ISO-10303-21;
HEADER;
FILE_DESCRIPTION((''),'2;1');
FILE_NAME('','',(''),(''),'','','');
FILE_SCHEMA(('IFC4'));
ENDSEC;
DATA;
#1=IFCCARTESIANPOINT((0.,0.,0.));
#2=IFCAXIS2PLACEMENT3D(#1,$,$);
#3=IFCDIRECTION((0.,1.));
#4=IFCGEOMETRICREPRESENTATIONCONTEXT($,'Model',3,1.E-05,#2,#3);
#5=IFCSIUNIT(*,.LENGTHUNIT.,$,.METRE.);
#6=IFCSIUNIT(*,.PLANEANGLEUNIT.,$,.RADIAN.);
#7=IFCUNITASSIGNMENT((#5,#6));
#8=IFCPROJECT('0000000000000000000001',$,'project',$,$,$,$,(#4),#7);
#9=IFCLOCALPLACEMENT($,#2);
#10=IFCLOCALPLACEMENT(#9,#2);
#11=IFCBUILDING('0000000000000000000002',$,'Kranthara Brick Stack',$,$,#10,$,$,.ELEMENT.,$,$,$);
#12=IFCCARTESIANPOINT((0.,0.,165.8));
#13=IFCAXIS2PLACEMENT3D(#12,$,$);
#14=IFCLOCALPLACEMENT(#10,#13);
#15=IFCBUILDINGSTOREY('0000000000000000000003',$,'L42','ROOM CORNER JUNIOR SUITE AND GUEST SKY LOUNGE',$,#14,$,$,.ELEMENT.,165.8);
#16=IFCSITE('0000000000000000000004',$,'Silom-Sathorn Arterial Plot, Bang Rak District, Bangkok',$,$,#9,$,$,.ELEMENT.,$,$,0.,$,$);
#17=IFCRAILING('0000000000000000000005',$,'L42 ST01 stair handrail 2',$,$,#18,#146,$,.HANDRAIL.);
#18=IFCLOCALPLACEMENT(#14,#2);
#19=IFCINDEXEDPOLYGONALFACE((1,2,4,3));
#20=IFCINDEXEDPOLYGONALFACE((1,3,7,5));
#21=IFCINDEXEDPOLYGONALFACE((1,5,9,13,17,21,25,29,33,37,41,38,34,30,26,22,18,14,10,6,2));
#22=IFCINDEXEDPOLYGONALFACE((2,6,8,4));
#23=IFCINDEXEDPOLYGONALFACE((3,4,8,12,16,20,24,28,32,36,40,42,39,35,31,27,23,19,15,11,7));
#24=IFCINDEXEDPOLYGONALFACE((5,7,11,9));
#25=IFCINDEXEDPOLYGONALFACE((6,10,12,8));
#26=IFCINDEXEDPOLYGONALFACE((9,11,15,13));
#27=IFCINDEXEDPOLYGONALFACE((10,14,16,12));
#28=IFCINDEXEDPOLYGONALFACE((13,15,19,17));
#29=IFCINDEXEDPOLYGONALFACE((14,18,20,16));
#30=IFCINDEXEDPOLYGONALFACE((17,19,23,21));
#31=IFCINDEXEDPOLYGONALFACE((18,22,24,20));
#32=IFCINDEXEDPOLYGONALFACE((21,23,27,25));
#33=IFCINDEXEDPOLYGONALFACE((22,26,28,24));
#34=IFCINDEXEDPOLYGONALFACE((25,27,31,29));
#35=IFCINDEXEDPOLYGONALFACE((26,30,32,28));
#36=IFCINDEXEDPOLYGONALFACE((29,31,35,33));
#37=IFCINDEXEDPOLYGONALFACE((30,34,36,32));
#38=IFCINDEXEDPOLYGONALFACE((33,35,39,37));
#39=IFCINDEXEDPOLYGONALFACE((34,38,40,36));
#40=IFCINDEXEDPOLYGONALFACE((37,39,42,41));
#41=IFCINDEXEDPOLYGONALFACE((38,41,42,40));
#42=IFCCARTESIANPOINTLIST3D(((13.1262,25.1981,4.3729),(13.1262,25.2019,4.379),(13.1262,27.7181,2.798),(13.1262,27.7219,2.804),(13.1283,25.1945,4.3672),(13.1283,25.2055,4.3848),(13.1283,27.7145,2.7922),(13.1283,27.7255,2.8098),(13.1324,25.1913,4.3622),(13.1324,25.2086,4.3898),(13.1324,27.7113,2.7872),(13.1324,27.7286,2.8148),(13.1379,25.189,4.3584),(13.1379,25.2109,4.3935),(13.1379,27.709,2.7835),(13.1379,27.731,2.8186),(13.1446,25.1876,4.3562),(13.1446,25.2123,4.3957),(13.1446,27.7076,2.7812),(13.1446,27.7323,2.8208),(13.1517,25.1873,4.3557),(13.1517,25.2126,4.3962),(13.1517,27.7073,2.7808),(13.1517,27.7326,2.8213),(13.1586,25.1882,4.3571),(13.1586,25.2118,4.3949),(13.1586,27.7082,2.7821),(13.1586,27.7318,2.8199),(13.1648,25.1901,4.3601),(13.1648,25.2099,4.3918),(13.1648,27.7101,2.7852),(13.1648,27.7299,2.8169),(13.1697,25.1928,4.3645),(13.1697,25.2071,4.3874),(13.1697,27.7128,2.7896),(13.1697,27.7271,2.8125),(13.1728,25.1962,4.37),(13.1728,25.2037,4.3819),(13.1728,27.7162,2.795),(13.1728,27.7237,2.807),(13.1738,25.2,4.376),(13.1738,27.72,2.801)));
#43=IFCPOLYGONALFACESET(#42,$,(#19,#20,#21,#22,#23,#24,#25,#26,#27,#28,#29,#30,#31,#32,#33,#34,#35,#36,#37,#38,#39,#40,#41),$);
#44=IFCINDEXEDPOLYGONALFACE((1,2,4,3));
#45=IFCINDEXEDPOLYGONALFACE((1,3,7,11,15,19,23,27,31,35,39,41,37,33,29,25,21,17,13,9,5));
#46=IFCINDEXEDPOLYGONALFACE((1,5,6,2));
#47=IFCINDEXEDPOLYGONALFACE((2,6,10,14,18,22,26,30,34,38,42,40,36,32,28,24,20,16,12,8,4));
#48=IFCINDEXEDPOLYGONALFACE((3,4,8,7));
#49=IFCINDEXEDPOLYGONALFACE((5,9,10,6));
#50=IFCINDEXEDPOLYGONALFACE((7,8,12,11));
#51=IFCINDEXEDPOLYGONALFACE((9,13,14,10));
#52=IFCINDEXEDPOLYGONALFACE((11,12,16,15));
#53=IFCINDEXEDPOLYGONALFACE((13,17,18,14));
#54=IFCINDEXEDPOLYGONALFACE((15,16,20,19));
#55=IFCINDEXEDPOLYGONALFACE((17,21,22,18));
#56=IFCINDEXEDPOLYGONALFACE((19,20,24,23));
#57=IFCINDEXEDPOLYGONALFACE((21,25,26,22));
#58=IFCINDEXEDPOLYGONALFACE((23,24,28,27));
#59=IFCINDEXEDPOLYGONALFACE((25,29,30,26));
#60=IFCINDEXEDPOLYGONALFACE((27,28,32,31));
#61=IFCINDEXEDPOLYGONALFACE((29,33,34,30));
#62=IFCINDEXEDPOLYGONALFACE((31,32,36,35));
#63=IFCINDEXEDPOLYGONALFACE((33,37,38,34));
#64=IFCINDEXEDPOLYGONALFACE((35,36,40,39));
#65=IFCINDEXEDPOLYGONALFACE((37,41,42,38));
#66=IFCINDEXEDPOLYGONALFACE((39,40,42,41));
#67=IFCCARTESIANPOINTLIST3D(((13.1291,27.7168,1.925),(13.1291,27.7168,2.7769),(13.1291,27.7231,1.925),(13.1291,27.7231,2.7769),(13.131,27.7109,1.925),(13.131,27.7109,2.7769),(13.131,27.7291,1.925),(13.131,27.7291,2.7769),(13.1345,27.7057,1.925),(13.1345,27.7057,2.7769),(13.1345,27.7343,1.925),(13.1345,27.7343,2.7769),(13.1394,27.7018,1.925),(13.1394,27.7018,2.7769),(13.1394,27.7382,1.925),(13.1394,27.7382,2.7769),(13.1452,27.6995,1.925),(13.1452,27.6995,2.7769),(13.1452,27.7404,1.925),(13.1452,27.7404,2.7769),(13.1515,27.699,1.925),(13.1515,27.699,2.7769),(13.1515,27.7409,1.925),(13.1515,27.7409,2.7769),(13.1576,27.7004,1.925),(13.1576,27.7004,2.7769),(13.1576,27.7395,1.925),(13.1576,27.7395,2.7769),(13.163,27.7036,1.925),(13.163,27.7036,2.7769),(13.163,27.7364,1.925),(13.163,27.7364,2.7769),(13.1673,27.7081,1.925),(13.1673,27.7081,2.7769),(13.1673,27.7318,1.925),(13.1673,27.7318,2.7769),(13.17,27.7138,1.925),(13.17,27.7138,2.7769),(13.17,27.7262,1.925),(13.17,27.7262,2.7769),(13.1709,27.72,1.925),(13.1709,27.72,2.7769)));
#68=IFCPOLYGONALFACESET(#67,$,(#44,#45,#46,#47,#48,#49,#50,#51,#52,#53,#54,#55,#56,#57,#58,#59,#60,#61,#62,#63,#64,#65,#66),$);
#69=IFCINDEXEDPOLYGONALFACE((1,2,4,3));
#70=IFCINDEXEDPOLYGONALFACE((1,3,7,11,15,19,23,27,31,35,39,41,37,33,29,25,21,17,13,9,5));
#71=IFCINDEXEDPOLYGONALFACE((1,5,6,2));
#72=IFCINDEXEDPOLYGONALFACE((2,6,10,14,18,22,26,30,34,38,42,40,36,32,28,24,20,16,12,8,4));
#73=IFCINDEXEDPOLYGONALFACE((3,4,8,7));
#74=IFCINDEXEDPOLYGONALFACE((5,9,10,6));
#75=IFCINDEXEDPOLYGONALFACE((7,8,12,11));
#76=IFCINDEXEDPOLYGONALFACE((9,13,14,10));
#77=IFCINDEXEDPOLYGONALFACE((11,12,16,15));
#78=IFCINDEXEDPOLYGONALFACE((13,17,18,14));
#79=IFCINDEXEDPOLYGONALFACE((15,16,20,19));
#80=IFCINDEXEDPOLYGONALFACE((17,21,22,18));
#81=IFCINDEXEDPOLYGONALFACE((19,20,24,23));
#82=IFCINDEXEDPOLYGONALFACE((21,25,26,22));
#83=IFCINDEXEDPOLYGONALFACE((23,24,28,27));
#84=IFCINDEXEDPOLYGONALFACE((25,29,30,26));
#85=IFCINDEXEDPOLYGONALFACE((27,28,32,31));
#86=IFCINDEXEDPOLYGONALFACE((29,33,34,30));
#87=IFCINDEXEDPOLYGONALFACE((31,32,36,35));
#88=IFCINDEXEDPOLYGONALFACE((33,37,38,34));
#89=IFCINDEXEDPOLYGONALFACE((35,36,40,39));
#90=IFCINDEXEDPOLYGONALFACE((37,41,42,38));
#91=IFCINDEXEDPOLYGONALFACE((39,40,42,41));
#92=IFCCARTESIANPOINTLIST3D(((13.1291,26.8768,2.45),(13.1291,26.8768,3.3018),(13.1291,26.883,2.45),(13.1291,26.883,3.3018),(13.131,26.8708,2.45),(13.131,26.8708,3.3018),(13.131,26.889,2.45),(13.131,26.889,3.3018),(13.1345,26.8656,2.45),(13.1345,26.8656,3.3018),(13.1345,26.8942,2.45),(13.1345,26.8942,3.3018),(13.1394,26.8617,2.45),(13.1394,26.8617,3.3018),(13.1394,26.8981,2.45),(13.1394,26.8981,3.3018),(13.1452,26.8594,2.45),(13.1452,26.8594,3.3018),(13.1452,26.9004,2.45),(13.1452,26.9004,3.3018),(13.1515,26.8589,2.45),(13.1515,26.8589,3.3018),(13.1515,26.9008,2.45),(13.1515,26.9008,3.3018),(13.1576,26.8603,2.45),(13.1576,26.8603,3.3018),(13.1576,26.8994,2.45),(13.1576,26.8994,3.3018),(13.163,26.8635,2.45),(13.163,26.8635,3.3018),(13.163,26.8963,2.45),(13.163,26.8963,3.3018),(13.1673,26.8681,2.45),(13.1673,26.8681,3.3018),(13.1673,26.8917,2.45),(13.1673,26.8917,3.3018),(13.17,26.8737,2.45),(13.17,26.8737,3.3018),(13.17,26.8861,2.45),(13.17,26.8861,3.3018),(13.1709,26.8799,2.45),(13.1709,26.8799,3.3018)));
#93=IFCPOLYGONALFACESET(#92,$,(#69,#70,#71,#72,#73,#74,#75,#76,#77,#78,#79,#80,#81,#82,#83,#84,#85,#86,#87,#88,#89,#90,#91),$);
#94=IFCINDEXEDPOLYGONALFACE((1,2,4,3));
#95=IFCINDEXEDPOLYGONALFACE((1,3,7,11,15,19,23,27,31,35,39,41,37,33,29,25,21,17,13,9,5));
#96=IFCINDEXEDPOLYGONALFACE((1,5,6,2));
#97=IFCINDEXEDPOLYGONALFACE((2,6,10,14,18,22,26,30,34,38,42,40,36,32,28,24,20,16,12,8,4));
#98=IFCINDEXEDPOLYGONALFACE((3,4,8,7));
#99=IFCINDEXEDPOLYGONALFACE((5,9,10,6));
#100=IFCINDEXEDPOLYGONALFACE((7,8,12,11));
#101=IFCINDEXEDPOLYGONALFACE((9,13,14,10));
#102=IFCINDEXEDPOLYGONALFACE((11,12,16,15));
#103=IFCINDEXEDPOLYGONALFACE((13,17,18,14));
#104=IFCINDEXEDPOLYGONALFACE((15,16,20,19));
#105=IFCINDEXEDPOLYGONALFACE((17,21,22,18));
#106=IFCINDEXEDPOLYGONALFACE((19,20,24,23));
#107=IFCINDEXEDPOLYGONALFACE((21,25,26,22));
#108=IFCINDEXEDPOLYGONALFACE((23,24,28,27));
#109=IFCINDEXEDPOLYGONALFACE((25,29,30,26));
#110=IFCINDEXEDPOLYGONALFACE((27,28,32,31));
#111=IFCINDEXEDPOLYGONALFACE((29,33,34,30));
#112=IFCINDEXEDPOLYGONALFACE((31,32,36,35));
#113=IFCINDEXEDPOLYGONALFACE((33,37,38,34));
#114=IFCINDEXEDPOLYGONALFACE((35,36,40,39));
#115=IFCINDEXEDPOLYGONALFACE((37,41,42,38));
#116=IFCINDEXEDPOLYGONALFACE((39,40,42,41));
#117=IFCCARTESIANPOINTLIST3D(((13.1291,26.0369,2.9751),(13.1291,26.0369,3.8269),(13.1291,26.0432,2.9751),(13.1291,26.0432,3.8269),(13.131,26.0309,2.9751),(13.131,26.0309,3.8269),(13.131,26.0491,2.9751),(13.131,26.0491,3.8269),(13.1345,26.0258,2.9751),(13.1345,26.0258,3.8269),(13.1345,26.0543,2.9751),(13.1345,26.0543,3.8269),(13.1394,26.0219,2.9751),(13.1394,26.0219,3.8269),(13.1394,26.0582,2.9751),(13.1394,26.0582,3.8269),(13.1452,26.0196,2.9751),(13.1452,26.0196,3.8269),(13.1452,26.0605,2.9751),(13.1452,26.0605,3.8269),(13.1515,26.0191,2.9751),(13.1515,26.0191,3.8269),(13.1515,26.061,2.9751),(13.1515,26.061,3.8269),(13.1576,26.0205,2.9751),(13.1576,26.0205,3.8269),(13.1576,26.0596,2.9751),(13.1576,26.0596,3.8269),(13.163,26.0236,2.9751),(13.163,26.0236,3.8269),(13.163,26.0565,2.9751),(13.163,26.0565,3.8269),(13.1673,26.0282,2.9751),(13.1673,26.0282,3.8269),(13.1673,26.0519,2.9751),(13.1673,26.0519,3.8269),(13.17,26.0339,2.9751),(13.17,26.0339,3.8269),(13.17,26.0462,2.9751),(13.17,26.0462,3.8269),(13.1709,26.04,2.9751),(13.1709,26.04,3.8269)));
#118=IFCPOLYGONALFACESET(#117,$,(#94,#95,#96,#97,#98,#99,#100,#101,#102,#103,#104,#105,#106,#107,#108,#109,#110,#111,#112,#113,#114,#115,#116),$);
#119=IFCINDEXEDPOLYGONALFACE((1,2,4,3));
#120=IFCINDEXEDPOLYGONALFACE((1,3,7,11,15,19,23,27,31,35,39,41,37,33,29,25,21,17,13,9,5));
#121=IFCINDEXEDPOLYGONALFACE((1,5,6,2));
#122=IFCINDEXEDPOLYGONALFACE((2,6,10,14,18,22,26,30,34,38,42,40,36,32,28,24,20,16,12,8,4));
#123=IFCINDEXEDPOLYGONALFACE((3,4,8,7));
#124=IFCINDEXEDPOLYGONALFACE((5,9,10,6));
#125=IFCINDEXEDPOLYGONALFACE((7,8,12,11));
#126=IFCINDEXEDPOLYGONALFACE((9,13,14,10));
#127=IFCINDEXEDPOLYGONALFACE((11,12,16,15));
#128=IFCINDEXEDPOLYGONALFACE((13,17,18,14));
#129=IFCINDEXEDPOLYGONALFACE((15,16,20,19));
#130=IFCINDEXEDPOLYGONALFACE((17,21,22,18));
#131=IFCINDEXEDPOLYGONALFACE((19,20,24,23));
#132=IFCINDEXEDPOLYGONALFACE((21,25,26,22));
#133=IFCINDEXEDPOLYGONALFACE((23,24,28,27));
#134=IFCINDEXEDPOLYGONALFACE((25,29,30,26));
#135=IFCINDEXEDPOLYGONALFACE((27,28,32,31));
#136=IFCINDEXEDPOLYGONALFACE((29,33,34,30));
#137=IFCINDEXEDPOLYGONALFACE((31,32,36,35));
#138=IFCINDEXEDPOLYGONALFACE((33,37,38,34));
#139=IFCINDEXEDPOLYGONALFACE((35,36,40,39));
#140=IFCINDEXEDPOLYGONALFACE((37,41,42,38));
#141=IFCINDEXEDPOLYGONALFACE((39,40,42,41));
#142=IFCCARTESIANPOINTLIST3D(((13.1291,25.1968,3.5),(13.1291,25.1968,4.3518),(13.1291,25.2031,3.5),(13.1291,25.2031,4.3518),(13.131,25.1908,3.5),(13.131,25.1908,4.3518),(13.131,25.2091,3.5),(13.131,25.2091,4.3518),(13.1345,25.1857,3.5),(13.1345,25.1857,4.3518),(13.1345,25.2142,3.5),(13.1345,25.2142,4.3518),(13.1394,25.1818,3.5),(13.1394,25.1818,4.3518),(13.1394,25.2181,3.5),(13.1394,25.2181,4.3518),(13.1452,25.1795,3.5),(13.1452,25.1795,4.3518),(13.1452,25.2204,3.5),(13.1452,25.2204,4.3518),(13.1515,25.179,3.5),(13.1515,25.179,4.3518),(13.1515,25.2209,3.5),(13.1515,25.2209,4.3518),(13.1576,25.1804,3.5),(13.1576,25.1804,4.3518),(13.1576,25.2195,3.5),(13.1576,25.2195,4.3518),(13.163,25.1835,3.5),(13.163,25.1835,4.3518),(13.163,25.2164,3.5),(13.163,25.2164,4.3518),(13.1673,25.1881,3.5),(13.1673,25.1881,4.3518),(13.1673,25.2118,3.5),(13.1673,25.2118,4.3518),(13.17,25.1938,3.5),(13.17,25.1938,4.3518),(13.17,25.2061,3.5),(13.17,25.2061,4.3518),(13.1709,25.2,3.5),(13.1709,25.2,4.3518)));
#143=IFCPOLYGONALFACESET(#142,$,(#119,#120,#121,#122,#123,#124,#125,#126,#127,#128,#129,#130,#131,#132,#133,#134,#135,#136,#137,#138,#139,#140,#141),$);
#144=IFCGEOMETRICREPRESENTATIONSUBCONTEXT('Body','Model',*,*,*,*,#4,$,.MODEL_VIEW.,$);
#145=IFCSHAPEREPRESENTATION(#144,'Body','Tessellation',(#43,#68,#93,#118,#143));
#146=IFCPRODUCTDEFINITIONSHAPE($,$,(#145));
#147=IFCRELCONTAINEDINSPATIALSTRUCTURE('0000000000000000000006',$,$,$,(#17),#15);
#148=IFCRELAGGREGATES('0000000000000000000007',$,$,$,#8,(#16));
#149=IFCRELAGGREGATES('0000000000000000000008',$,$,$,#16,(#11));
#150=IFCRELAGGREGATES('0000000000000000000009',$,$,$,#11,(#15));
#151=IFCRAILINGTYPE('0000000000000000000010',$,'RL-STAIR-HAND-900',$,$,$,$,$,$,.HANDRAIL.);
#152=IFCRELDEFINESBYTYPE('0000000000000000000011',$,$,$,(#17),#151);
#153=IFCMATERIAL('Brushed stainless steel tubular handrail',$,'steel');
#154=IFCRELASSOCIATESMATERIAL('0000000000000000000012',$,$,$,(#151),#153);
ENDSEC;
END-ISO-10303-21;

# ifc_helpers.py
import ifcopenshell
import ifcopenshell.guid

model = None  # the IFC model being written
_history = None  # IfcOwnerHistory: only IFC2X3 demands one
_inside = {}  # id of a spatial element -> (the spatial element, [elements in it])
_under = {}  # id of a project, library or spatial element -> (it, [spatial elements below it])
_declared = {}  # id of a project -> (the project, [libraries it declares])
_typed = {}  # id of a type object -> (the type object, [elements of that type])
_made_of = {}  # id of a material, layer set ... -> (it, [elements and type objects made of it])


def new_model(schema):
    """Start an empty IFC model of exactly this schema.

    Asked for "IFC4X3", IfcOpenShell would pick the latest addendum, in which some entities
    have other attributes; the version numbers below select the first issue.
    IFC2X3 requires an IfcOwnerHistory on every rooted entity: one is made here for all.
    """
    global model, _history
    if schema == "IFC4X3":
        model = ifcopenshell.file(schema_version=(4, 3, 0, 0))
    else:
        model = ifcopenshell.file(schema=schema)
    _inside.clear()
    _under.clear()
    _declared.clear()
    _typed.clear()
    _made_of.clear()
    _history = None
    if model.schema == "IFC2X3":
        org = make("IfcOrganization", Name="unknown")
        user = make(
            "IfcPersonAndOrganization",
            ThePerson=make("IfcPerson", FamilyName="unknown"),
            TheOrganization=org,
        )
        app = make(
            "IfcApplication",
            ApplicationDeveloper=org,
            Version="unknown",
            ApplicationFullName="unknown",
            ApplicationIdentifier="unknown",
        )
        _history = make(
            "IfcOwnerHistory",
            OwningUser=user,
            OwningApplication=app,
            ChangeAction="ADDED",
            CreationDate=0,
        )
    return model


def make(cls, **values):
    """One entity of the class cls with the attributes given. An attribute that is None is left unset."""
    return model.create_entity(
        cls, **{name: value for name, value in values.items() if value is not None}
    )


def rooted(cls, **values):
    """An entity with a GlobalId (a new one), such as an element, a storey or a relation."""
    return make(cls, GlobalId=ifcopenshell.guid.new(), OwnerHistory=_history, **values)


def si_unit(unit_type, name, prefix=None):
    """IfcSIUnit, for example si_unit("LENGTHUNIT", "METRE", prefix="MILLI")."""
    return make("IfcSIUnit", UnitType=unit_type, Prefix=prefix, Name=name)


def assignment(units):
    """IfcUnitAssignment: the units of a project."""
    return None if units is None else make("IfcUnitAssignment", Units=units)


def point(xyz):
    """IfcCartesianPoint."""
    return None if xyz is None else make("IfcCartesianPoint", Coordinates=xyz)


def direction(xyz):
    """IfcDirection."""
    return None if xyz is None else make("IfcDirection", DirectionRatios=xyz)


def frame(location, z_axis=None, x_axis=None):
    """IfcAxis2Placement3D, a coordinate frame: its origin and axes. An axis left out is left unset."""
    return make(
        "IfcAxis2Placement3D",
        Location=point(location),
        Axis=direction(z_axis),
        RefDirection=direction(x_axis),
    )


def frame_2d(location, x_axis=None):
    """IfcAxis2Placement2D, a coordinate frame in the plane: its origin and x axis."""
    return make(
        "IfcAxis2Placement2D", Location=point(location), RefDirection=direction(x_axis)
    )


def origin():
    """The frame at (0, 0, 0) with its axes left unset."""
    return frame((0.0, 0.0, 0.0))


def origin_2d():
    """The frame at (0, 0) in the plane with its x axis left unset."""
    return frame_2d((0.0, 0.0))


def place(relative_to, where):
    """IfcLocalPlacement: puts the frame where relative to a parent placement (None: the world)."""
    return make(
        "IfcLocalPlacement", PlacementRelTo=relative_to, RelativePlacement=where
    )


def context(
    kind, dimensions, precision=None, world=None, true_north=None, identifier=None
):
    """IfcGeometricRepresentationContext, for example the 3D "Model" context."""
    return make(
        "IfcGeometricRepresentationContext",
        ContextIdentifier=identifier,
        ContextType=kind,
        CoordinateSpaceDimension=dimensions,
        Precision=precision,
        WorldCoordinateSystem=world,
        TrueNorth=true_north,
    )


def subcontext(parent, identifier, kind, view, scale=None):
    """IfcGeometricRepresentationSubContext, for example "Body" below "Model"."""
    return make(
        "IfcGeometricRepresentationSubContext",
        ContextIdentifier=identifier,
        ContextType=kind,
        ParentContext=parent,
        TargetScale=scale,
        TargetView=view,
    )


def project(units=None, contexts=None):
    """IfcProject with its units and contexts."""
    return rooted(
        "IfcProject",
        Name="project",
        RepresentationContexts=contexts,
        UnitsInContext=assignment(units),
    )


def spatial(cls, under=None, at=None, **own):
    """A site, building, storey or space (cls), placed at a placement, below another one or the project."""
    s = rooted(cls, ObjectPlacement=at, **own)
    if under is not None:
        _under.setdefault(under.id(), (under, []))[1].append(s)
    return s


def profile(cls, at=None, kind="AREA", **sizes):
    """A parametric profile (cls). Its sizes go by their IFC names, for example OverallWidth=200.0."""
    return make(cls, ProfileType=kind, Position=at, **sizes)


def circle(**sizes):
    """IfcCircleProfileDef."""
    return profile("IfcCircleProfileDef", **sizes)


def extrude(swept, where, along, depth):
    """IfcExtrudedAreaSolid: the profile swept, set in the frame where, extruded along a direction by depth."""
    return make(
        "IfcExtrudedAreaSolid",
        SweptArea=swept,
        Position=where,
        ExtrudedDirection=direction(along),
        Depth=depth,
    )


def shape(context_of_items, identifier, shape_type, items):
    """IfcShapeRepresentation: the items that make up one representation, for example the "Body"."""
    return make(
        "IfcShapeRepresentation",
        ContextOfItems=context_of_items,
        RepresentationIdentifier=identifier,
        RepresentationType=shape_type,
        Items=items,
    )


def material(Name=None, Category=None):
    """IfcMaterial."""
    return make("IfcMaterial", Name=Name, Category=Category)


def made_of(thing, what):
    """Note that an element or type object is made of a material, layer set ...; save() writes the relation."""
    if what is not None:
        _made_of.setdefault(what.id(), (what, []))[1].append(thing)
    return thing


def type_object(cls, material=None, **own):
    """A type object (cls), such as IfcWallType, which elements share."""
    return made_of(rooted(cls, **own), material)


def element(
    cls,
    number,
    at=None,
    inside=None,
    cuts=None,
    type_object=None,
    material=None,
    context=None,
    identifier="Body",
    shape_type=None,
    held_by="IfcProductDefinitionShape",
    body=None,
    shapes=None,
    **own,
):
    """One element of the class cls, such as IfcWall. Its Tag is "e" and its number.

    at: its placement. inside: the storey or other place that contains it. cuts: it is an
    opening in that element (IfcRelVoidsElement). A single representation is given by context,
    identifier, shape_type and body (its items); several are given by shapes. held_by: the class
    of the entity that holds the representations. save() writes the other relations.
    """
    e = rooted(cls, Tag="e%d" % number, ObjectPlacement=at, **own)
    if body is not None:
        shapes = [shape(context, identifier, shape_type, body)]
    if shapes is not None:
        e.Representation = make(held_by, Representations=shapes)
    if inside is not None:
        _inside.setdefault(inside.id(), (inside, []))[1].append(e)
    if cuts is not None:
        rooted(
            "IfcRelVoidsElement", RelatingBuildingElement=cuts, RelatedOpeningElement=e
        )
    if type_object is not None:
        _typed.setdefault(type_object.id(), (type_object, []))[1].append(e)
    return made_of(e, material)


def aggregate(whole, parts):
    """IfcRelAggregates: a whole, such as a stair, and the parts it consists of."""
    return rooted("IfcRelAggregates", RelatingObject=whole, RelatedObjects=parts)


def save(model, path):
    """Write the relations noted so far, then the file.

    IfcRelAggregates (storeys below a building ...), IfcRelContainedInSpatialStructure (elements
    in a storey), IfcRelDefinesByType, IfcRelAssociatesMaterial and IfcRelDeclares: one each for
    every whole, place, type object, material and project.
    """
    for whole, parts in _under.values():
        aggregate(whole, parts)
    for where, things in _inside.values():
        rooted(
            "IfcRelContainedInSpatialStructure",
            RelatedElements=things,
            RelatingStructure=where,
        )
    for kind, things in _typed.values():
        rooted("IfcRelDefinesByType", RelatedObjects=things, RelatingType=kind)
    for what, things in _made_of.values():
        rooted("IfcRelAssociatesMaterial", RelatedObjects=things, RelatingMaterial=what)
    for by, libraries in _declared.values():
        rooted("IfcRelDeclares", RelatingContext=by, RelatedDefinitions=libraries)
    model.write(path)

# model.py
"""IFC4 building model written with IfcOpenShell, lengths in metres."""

from ifc_helpers import new_model, si_unit, direction, frame, origin, origin_2d, place, context, subcontext, project, spatial, circle, extrude, material, type_object, element, save


model = new_model("IFC4")

# Units and contexts
model_context = context("Model", 3, precision=1e-05, world=origin(), true_north=direction((0.0, 1.0)))
body_context = subcontext(model_context, "Body", "Model", "MODEL_VIEW")
ifc_project = project(units=[si_unit("LENGTHUNIT", "METRE"), si_unit("PLANEANGLEUNIT", "RADIAN")], contexts=[model_context])

# Site, building, storey
site_placement = place(None, origin())
site = spatial("IfcSite", under=ifc_project, at=site_placement, Name="Silom-Sathorn Arterial Plot, Bang Rak District, Bangkok", CompositionType="ELEMENT", RefElevation=0.0)
building_placement = place(site_placement, origin())
building = spatial("IfcBuilding", under=site, at=building_placement, Name="Kranthara Brick Stack", CompositionType="ELEMENT")
storey_placement = place(building_placement, frame((0.0, 0.0, 165.8)))
storey = spatial("IfcBuildingStorey", under=building, at=storey_placement, Name="L42", Description="ROOM CORNER JUNIOR SUITE AND GUEST SKY LOUNGE", CompositionType="ELEMENT", Elevation=165.8)

# Railing
ifc_material_1 = material(Name="Brushed stainless steel tubular handrail", Category="steel")
railing_type_1 = type_object("IfcRailingType", Name="RL-STAIR-HAND-900", PredefinedType="HANDRAIL", material=ifc_material_1)
railing_1_placement = place(storey_placement, frame((13.1499, 27.72, 1.925)))
element("IfcRailing", 1, at=railing_1_placement, inside=storey, type_object=railing_type_1, Name="L42 ST01 stair handrail 2", PredefinedType="HANDRAIL", context=body_context, shape_type="SweptSolid", body=[
    extrude(circle(Radius=0.0239, at=origin_2d()), frame((0.0, 0.0, 0.876), z_axis=(0.0, -0.848008, 0.529984), x_axis=(1.0, 0.0, 0.0)), (0.0, 0.0, 1.0), 2.9717),
    extrude(circle(Radius=0.021, at=origin_2d()), origin(), (0.0, 0.0, 1.0), 0.8518),
    extrude(circle(Radius=0.021, at=origin_2d()), frame((0.0, -0.8401, 0.5249)), (0.0, 0.0, 1.0), 0.8518),
    extrude(circle(Radius=0.021, at=origin_2d()), frame((0.0, -1.6799, 1.05)), (0.0, 0.0, 1.0), 0.8518),
    extrude(circle(Radius=0.021, at=origin_2d()), frame((0.0, -2.52, 1.575)), (0.0, 0.0, 1.0), 0.8518),
])

save(model, "model.ifc")
